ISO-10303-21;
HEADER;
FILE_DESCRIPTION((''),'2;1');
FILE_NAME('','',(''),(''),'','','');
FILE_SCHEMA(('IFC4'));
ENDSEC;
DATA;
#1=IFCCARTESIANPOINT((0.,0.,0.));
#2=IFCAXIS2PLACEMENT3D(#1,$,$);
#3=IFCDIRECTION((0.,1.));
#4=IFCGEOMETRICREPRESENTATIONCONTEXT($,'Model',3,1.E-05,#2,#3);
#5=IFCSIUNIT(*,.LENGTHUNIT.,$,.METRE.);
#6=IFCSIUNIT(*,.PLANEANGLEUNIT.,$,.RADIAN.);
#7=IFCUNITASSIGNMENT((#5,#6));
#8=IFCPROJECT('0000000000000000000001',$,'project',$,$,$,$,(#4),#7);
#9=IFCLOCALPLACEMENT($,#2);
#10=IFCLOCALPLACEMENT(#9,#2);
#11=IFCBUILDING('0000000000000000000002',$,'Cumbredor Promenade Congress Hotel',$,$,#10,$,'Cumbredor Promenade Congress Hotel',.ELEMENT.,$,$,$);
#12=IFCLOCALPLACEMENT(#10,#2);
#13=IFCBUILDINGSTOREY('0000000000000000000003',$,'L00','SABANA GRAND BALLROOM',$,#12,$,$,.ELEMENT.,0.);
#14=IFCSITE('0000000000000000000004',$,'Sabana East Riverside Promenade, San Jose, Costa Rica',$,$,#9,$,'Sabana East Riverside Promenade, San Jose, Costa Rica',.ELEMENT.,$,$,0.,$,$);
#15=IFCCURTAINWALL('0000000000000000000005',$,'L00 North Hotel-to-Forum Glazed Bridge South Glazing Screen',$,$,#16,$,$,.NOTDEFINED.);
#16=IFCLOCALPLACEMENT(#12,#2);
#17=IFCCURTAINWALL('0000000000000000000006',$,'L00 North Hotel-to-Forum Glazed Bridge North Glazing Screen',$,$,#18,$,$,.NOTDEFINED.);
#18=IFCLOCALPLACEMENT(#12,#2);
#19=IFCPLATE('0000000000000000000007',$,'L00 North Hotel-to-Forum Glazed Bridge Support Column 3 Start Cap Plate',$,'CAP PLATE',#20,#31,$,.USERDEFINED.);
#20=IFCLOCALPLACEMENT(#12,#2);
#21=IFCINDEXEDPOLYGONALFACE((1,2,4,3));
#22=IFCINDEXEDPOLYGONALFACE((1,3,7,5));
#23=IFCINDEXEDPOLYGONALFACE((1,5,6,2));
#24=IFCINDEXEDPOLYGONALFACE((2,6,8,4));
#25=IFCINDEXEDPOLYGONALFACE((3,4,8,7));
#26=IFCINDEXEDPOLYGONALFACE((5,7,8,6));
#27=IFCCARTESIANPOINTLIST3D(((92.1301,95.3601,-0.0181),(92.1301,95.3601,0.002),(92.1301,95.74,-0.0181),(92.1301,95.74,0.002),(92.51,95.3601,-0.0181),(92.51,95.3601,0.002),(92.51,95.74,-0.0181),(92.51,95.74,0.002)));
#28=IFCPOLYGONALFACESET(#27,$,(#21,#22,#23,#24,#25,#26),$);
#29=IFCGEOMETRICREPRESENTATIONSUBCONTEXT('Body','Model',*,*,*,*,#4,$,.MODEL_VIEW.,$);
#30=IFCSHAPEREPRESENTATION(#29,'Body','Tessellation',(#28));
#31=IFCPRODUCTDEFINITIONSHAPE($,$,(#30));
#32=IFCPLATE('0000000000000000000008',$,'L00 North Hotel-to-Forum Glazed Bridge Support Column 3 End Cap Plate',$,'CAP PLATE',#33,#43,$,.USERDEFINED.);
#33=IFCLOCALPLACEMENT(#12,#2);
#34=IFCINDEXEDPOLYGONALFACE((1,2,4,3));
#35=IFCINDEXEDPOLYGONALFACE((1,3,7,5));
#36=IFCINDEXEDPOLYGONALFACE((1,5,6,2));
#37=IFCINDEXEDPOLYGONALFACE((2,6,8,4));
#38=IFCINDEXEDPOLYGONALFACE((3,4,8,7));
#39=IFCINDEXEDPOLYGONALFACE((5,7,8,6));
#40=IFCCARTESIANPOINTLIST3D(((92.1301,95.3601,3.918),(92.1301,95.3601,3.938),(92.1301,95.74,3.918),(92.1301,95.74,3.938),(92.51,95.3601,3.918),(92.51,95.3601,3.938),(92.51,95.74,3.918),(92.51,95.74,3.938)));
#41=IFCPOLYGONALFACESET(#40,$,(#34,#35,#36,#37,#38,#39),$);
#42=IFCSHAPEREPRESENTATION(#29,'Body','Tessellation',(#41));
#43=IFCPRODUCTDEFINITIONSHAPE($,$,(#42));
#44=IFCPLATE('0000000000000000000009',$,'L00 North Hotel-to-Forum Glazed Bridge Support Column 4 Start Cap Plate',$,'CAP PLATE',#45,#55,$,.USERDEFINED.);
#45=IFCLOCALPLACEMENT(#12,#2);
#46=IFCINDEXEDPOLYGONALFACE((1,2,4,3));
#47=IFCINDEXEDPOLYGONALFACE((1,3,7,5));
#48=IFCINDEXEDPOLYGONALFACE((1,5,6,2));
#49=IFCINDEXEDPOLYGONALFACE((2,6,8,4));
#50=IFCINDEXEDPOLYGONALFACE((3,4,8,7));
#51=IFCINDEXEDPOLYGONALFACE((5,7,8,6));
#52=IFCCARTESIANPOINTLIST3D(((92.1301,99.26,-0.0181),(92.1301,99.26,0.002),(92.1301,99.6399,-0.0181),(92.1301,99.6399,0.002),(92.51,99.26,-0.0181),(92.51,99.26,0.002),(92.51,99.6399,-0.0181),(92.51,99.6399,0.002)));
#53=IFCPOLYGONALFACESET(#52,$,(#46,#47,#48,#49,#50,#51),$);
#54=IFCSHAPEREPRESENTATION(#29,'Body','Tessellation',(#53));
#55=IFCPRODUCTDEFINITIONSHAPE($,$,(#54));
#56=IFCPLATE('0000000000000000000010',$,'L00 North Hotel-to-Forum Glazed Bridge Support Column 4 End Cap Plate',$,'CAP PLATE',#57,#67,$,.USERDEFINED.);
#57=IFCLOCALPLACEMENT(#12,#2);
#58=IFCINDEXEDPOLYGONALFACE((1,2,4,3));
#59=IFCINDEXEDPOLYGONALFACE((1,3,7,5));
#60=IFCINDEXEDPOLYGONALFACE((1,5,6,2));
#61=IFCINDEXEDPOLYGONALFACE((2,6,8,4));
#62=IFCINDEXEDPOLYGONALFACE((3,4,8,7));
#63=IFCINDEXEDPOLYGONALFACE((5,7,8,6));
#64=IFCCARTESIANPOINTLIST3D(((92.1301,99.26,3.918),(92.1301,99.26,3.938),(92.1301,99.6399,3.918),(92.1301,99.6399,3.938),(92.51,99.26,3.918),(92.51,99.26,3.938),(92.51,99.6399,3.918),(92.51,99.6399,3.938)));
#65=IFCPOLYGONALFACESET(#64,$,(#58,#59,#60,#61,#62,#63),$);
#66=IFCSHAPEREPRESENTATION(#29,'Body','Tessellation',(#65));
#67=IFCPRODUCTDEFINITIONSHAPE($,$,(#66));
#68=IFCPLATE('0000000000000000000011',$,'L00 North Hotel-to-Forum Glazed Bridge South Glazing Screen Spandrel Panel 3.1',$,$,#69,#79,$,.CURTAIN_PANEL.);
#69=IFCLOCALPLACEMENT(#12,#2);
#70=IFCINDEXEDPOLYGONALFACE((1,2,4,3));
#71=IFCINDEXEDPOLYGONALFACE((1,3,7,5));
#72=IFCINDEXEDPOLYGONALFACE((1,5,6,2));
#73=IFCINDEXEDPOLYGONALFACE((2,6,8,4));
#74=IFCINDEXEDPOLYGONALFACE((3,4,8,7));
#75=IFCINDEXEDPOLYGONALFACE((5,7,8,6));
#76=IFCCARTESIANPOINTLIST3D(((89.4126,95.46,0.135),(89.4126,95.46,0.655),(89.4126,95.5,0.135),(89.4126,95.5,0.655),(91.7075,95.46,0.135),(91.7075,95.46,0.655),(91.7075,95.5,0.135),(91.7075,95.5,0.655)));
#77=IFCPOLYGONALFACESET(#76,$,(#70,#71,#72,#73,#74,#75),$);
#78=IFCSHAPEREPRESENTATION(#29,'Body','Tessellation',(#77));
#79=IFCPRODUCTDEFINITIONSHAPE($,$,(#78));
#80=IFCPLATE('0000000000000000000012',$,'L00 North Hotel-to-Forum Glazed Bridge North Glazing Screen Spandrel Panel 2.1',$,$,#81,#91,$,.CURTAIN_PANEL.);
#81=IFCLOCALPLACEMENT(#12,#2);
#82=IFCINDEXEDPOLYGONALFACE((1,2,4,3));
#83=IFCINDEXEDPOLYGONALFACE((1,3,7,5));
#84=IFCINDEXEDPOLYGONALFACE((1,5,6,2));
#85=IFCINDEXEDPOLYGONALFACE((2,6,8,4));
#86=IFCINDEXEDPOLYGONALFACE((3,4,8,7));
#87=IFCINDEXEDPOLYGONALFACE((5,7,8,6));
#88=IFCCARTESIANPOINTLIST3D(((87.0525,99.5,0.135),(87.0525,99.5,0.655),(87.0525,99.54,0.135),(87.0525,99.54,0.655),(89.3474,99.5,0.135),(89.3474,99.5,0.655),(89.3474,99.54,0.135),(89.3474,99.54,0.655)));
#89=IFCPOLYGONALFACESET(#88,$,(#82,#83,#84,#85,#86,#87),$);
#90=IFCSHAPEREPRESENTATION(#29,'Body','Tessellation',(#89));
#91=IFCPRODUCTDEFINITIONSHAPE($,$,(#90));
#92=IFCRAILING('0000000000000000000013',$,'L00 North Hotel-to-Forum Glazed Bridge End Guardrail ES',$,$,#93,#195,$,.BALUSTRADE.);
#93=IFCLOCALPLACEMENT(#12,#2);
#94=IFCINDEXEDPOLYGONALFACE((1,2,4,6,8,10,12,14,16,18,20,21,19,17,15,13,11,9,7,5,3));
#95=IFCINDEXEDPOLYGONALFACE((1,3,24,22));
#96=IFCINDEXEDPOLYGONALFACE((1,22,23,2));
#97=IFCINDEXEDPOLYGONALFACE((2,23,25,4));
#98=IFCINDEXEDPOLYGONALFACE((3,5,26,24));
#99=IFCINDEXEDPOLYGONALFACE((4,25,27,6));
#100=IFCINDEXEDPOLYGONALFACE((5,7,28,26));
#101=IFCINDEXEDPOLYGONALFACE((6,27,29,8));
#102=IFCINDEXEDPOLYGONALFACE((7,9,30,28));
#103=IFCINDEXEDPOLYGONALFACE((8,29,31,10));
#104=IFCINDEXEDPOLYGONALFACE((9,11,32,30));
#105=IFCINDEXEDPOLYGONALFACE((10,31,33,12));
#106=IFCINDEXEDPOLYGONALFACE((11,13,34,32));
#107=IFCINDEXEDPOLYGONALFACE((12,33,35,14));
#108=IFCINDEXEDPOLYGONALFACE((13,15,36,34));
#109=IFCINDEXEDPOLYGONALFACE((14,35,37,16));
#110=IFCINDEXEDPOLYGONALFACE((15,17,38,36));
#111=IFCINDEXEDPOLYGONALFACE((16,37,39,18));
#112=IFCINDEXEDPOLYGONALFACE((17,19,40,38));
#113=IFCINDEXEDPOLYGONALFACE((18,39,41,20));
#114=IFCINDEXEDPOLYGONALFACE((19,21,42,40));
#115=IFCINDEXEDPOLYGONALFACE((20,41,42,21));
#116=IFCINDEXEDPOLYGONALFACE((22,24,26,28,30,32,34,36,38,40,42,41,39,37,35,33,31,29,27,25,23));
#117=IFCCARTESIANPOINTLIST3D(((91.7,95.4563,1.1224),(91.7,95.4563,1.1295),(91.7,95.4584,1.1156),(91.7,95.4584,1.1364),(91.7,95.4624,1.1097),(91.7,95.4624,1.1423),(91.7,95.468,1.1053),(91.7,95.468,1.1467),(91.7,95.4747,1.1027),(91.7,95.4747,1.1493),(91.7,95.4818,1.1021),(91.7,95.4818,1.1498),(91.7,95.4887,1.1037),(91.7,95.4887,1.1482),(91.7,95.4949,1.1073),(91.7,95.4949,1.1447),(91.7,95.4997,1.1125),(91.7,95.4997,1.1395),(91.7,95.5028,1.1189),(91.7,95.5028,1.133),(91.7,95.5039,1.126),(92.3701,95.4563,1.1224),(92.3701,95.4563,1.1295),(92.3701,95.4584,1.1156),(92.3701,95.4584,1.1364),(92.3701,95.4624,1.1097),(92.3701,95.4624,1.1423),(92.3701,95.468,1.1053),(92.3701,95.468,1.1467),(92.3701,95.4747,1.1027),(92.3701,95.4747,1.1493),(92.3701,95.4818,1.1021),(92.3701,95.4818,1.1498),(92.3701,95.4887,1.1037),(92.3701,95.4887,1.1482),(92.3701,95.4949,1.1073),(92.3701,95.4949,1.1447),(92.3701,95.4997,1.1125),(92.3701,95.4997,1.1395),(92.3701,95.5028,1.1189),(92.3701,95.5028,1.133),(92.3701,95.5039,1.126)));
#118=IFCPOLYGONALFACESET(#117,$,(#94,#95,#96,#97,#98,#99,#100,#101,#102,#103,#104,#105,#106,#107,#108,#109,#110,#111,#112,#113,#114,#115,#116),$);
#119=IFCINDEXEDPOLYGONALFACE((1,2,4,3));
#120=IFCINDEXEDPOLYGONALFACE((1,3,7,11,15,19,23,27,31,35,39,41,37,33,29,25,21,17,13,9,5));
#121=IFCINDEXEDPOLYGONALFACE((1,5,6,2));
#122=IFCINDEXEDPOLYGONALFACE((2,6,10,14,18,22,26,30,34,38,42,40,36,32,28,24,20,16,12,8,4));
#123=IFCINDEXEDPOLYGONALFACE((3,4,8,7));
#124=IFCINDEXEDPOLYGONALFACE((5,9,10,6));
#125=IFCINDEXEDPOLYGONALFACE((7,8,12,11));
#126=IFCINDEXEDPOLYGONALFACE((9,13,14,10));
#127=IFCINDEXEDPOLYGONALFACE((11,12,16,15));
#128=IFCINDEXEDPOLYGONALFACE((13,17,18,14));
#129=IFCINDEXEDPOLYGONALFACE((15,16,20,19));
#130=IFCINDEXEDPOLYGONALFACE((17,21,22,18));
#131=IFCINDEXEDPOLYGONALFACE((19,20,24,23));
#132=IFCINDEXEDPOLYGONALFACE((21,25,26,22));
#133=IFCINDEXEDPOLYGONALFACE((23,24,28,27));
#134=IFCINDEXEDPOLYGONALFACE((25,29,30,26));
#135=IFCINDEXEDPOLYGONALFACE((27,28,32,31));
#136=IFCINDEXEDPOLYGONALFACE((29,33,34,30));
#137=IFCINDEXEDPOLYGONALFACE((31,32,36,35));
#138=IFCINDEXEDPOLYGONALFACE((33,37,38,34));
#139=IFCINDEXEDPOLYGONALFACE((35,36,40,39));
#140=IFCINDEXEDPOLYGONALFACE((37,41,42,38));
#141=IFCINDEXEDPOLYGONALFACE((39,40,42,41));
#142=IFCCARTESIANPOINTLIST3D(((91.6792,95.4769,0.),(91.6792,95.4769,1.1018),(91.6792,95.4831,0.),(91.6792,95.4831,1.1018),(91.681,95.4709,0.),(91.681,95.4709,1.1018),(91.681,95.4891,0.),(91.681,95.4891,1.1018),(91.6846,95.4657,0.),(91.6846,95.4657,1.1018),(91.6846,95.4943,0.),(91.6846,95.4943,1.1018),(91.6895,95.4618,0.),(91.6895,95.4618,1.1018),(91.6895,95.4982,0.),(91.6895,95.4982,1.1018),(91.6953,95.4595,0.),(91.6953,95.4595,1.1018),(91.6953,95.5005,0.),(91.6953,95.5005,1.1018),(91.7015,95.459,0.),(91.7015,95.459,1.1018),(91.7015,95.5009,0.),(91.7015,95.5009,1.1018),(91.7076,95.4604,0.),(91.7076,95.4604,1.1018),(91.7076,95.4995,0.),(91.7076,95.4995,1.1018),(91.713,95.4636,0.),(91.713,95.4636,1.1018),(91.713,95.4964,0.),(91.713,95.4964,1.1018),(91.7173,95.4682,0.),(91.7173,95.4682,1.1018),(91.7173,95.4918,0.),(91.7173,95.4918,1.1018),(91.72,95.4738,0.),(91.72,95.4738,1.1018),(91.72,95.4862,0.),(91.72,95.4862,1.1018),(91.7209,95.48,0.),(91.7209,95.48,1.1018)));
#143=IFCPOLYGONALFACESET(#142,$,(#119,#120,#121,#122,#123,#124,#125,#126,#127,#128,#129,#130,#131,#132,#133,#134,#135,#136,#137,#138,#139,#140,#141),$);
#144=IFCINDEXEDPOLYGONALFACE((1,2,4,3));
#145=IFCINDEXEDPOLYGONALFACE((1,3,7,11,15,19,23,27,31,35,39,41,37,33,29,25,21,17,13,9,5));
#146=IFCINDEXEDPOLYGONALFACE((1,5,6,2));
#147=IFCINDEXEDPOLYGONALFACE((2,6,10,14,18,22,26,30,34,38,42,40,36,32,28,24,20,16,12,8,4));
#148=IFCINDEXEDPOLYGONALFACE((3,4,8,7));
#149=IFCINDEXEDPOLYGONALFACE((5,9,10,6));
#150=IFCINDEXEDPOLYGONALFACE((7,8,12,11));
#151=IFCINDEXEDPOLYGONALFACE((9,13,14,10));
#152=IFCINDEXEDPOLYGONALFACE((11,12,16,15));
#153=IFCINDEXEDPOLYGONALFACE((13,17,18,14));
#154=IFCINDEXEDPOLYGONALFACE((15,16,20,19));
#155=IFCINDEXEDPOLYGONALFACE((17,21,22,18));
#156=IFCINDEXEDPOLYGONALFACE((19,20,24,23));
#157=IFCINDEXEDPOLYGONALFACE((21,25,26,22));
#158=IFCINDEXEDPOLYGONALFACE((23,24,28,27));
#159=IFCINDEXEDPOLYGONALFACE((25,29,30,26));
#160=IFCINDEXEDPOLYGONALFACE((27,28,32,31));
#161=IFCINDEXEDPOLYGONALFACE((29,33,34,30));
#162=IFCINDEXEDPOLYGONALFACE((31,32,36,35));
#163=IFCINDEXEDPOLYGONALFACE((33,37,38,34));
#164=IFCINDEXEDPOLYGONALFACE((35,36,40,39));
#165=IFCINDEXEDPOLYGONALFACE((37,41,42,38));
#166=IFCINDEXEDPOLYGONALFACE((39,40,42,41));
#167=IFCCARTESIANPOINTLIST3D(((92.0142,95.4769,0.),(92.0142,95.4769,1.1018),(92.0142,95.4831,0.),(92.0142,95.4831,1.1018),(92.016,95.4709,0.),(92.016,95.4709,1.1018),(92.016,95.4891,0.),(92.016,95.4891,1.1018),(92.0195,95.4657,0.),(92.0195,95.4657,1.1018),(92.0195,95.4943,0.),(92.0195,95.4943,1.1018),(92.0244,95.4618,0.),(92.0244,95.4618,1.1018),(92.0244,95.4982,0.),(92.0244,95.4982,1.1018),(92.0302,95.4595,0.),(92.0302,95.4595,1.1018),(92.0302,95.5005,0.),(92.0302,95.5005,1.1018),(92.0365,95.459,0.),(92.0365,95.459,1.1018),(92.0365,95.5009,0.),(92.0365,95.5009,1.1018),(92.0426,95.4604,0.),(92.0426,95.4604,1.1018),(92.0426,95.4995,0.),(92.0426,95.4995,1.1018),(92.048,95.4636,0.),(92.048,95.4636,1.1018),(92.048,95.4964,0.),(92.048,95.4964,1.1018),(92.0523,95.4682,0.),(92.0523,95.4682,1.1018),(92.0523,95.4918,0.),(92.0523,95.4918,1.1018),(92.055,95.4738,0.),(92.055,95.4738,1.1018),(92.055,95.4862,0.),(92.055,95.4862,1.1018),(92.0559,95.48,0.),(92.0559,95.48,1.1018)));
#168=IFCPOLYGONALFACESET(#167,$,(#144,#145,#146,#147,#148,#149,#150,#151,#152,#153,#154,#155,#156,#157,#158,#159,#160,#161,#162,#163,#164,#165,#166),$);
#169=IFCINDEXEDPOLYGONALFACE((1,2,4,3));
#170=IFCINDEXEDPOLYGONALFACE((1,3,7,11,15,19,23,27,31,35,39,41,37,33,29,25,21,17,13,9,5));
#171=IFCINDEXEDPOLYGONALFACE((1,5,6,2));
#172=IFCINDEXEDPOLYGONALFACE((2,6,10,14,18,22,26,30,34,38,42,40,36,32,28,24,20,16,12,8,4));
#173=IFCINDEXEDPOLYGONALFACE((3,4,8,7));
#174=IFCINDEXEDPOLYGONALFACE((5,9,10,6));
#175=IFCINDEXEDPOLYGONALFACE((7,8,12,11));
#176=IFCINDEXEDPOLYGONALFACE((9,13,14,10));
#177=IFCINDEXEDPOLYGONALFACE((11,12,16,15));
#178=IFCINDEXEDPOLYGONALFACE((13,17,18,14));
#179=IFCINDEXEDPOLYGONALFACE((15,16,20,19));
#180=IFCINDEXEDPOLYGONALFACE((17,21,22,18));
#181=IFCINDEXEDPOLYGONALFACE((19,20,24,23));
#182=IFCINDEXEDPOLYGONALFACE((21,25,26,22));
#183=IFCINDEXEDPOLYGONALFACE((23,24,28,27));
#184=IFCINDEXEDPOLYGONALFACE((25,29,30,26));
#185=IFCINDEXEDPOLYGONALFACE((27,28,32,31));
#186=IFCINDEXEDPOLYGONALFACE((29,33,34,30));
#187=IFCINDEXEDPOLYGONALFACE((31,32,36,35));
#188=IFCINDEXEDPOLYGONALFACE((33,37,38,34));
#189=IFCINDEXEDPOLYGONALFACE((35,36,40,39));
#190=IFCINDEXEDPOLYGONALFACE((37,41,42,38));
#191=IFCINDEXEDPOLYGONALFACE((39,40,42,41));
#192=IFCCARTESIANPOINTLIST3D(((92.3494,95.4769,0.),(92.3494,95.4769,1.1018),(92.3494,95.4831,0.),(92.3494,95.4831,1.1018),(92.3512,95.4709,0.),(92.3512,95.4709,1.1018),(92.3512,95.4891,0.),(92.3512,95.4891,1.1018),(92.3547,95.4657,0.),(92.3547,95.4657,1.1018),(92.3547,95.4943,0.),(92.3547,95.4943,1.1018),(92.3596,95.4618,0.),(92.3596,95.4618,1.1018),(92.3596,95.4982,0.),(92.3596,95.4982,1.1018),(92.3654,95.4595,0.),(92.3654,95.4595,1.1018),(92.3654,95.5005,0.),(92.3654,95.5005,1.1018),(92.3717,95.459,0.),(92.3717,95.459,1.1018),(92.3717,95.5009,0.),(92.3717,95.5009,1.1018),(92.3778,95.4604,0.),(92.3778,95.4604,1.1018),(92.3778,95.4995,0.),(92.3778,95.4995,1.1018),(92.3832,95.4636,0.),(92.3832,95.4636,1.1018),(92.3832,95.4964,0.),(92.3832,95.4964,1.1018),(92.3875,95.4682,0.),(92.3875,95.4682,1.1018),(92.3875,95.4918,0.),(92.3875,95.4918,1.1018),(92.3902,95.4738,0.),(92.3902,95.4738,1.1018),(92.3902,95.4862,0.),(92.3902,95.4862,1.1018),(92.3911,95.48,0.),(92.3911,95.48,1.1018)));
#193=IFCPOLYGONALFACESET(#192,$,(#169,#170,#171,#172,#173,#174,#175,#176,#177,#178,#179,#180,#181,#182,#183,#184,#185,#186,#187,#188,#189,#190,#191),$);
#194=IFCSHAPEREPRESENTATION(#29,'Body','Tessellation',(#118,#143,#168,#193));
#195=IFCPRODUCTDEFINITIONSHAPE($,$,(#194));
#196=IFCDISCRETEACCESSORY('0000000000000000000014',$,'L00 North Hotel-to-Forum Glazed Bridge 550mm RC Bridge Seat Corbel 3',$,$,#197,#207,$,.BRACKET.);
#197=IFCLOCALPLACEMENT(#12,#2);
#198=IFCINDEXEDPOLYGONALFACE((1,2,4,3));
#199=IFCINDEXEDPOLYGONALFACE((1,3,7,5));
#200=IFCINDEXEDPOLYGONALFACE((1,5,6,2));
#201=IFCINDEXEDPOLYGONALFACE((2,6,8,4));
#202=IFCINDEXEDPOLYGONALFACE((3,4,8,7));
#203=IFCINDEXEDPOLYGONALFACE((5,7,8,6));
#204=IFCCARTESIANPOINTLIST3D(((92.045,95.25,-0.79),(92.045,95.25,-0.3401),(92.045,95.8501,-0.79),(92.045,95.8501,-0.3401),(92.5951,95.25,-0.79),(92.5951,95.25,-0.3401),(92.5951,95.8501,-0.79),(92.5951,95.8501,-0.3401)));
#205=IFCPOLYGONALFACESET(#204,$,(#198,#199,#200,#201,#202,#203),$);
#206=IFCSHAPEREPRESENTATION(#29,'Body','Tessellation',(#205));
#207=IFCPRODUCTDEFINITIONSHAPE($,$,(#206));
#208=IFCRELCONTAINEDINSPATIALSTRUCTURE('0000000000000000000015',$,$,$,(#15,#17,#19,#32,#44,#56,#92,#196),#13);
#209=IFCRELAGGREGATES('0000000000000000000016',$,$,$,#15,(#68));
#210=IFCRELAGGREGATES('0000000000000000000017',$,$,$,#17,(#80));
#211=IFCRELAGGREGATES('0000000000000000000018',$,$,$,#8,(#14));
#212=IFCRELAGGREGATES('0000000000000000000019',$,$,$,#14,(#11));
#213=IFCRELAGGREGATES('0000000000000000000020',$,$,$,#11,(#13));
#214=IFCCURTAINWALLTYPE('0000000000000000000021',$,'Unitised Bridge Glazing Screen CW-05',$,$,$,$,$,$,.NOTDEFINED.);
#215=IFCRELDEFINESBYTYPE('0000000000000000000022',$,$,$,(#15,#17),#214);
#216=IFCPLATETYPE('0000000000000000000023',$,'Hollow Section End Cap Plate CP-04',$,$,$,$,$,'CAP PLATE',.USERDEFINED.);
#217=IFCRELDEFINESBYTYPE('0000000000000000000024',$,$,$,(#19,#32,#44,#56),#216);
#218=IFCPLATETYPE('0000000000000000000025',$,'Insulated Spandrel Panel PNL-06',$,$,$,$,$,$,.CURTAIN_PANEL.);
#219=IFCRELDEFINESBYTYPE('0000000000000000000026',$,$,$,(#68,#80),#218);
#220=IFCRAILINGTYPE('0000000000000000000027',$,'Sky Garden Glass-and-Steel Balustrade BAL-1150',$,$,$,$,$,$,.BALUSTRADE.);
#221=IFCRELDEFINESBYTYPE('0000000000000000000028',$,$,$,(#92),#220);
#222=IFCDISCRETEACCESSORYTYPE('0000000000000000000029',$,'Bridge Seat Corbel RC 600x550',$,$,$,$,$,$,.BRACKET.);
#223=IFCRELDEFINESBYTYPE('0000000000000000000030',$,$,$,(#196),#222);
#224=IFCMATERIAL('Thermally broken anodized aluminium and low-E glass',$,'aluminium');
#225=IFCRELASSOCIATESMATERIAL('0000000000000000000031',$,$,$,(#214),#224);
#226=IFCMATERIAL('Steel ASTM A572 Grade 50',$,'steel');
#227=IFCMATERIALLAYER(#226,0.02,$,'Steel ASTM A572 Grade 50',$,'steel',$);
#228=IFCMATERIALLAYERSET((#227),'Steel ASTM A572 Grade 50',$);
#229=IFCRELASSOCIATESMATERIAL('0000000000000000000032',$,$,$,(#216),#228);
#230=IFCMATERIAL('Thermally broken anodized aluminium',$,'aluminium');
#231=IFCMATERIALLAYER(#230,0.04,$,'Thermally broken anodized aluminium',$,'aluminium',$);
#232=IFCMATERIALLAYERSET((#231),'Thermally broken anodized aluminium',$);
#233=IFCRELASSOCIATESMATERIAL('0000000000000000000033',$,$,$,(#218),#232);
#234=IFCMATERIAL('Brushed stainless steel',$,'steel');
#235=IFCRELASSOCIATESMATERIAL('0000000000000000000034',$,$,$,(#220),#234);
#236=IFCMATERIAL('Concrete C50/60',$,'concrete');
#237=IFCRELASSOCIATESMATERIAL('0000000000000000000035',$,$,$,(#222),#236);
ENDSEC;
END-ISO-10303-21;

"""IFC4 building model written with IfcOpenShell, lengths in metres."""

from ifc_helpers import new_model, si_unit, direction, frame, origin, origin_2d, place, context, subcontext, project, spatial, rectangle, circle, extrude, material, layer, layer_set, type_object, element, aggregate, save


model = new_model("IFC4")

# Units and contexts
model_context = context("Model", 3, precision=1e-05, world=origin(), true_north=direction((0.0, 1.0)))
body_context = subcontext(model_context, "Body", "Model", "MODEL_VIEW")
ifc_project = project(units=[si_unit("LENGTHUNIT", "METRE"), si_unit("PLANEANGLEUNIT", "RADIAN")], contexts=[model_context])

# Site, building, storey
site_placement = place(None, origin())
site = spatial("IfcSite", under=ifc_project, at=site_placement, Name="Sabana East Riverside Promenade, San Jose, Costa Rica", LongName="Sabana East Riverside Promenade, San Jose, Costa Rica", CompositionType="ELEMENT", RefElevation=0.0)
building_placement = place(site_placement, origin())
building = spatial("IfcBuilding", under=site, at=building_placement, Name="Cumbredor Promenade Congress Hotel", LongName="Cumbredor Promenade Congress Hotel", CompositionType="ELEMENT")
storey_placement = place(building_placement, origin())
storey = spatial("IfcBuildingStorey", under=building, at=storey_placement, Name="L00", Description="SABANA GRAND BALLROOM", CompositionType="ELEMENT", Elevation=0.0)

# Curtain wall
ifc_material_1 = material(Name="Thermally broken anodized aluminium and low-E glass", Category="aluminium")
curtain_wall_type = type_object("IfcCurtainWallType", Name="Unitised Bridge Glazing Screen CW-05", PredefinedType="NOTDEFINED", material=ifc_material_1)
curtain_wall_1_placement = place(storey_placement, origin())
curtain_wall_1 = element("IfcCurtainWall", 1, at=curtain_wall_1_placement, inside=storey, type_object=curtain_wall_type, Name="L00 North Hotel-to-Forum Glazed Bridge South Glazing Screen", PredefinedType="NOTDEFINED")
ifc_material_2 = material(Name="Thermally broken anodized aluminium", Category="aluminium")

# Curtain wall
curtain_wall_2_placement = place(storey_placement, origin())
curtain_wall_2 = element("IfcCurtainWall", 2, at=curtain_wall_2_placement, inside=storey, type_object=curtain_wall_type, Name="L00 North Hotel-to-Forum Glazed Bridge North Glazing Screen", PredefinedType="NOTDEFINED")

# Plates
ifc_material_3 = material(Name="Steel ASTM A572 Grade 50", Category="steel")
ifc_layer_1 = layer(ifc_material_3, 0.02, Name="Steel ASTM A572 Grade 50", Category="steel")
ifc_layer_set_1 = layer_set([ifc_layer_1], Name="Steel ASTM A572 Grade 50")
plate_type_1 = type_object("IfcPlateType", Name="Hollow Section End Cap Plate CP-04", ElementType="CAP PLATE", PredefinedType="USERDEFINED", material=ifc_layer_set_1)
for number, where, z_axis, x_axis, name in (
    (3, (92.3201, 95.55, -0.0181), (0.0, 0.0, 1.0), (1.0, 0.0, 0.0), "L00 North Hotel-to-Forum Glazed Bridge Support Column 3 Start Cap Plate"),
    (4, (92.3201, 95.55, 3.918), (0.0, 0.0, 1.0), (1.0, 0.0, 0.0), "L00 North Hotel-to-Forum Glazed Bridge Support Column 3 End Cap Plate"),
    (5, (92.3201, 99.45, -0.0181), (0.0, 0.0, 1.0), (1.0, 0.0, 0.0), "L00 North Hotel-to-Forum Glazed Bridge Support Column 4 Start Cap Plate"),
    (6, (92.3201, 99.45, 3.918), (0.0, 0.0, 1.0), (1.0, 0.0, 0.0), "L00 North Hotel-to-Forum Glazed Bridge Support Column 4 End Cap Plate"),
):
    element("IfcPlate", number, at=place(storey_placement, frame(where, z_axis=z_axis, x_axis=x_axis)), inside=storey, type_object=plate_type_1, Name=name, ObjectType="CAP PLATE", PredefinedType="USERDEFINED", context=body_context, shape_type="SweptSolid", body=[
        extrude(rectangle(XDim=0.3799, YDim=0.3799, at=origin_2d()), origin(), (0.0, 0.0, 1.0), 0.02),
    ])

# Plates
ifc_layer_2 = layer(ifc_material_2, 0.04, Name="Thermally broken anodized aluminium", Category="aluminium")
ifc_layer_set_2 = layer_set([ifc_layer_2], Name="Thermally broken anodized aluminium")
plate_type_2 = type_object("IfcPlateType", Name="Insulated Spandrel Panel PNL-06", PredefinedType="CURTAIN_PANEL", material=ifc_layer_set_2)
plate_1_placement = place(storey_placement, frame((90.5601, 95.48, 0.135), z_axis=(0.0, 0.0, 1.0), x_axis=(1.0, 0.0, 0.0)))
plate_1 = element("IfcPlate", 7, at=plate_1_placement, type_object=plate_type_2, Name="L00 North Hotel-to-Forum Glazed Bridge South Glazing Screen Spandrel Panel 3.1", PredefinedType="CURTAIN_PANEL", context=body_context, shape_type="SweptSolid", body=[
    extrude(rectangle(XDim=2.2949, YDim=0.04, at=origin_2d()), origin(), (0.0, 0.0, 1.0), 0.52),
])
aggregate(curtain_wall_1, [plate_1])
plate_2_placement = place(storey_placement, frame((88.2, 99.52, 0.135), z_axis=(0.0, 0.0, 1.0), x_axis=(1.0, 0.0, 0.0)))
plate_2 = element("IfcPlate", 8, at=plate_2_placement, type_object=plate_type_2, Name="L00 North Hotel-to-Forum Glazed Bridge North Glazing Screen Spandrel Panel 2.1", PredefinedType="CURTAIN_PANEL", context=body_context, shape_type="SweptSolid", body=[
    extrude(rectangle(XDim=2.2949, YDim=0.04, at=origin_2d()), origin(), (0.0, 0.0, 1.0), 0.52),
])
aggregate(curtain_wall_2, [plate_2])

# Railing
ifc_material_4 = material(Name="Brushed stainless steel", Category="steel")
railing_type = type_object("IfcRailingType", Name="Sky Garden Glass-and-Steel Balustrade BAL-1150", PredefinedType="BALUSTRADE", material=ifc_material_4)
railing_placement = place(storey_placement, frame((91.7, 95.48, 0.0)))
element("IfcRailing", 9, at=railing_placement, inside=storey, type_object=railing_type, Name="L00 North Hotel-to-Forum Glazed Bridge End Guardrail ES", PredefinedType="BALUSTRADE", context=body_context, shape_type="SweptSolid", body=[
    extrude(circle(Radius=0.0239, at=origin_2d()), frame((0.0, 0.0, 1.126), z_axis=(1.0, 0.0, 0.0), x_axis=(0.0, 1.0, 0.0)), (0.0, 0.0, 1.0), 0.6702),
    extrude(circle(Radius=0.021, at=origin_2d()), origin(), (0.0, 0.0, 1.0), 1.1018),
    extrude(circle(Radius=0.021, at=origin_2d()), frame((0.335, 0.0, 0.0)), (0.0, 0.0, 1.0), 1.1018),
    extrude(circle(Radius=0.021, at=origin_2d()), frame((0.6702, 0.0, 0.0)), (0.0, 0.0, 1.0), 1.1018),
])

# Discrete accessory
ifc_material_5 = material(Name="Concrete C50/60", Category="concrete")
discrete_accessory_type_1 = type_object("IfcDiscreteAccessoryType", Name="Bridge Seat Corbel RC 600x550", PredefinedType="BRACKET", material=ifc_material_5)
for number, where, z_axis, x_axis, name in (
    (10, (92.3201, 95.55, -0.79), (0.0, 0.0, 1.0), (1.0, 0.0, 0.0), "L00 North Hotel-to-Forum Glazed Bridge 550mm RC Bridge Seat Corbel 3"),
):
    element("IfcDiscreteAccessory", number, at=place(storey_placement, frame(where, z_axis=z_axis, x_axis=x_axis)), inside=storey, type_object=discrete_accessory_type_1, Name=name, PredefinedType="BRACKET", context=body_context, shape_type="SweptSolid", body=[
        extrude(rectangle(XDim=0.55, YDim=0.6001, at=origin_2d()), origin(), (0.0, 0.0, 1.0), 0.45),
    ])

save(model, "model.ifc")
